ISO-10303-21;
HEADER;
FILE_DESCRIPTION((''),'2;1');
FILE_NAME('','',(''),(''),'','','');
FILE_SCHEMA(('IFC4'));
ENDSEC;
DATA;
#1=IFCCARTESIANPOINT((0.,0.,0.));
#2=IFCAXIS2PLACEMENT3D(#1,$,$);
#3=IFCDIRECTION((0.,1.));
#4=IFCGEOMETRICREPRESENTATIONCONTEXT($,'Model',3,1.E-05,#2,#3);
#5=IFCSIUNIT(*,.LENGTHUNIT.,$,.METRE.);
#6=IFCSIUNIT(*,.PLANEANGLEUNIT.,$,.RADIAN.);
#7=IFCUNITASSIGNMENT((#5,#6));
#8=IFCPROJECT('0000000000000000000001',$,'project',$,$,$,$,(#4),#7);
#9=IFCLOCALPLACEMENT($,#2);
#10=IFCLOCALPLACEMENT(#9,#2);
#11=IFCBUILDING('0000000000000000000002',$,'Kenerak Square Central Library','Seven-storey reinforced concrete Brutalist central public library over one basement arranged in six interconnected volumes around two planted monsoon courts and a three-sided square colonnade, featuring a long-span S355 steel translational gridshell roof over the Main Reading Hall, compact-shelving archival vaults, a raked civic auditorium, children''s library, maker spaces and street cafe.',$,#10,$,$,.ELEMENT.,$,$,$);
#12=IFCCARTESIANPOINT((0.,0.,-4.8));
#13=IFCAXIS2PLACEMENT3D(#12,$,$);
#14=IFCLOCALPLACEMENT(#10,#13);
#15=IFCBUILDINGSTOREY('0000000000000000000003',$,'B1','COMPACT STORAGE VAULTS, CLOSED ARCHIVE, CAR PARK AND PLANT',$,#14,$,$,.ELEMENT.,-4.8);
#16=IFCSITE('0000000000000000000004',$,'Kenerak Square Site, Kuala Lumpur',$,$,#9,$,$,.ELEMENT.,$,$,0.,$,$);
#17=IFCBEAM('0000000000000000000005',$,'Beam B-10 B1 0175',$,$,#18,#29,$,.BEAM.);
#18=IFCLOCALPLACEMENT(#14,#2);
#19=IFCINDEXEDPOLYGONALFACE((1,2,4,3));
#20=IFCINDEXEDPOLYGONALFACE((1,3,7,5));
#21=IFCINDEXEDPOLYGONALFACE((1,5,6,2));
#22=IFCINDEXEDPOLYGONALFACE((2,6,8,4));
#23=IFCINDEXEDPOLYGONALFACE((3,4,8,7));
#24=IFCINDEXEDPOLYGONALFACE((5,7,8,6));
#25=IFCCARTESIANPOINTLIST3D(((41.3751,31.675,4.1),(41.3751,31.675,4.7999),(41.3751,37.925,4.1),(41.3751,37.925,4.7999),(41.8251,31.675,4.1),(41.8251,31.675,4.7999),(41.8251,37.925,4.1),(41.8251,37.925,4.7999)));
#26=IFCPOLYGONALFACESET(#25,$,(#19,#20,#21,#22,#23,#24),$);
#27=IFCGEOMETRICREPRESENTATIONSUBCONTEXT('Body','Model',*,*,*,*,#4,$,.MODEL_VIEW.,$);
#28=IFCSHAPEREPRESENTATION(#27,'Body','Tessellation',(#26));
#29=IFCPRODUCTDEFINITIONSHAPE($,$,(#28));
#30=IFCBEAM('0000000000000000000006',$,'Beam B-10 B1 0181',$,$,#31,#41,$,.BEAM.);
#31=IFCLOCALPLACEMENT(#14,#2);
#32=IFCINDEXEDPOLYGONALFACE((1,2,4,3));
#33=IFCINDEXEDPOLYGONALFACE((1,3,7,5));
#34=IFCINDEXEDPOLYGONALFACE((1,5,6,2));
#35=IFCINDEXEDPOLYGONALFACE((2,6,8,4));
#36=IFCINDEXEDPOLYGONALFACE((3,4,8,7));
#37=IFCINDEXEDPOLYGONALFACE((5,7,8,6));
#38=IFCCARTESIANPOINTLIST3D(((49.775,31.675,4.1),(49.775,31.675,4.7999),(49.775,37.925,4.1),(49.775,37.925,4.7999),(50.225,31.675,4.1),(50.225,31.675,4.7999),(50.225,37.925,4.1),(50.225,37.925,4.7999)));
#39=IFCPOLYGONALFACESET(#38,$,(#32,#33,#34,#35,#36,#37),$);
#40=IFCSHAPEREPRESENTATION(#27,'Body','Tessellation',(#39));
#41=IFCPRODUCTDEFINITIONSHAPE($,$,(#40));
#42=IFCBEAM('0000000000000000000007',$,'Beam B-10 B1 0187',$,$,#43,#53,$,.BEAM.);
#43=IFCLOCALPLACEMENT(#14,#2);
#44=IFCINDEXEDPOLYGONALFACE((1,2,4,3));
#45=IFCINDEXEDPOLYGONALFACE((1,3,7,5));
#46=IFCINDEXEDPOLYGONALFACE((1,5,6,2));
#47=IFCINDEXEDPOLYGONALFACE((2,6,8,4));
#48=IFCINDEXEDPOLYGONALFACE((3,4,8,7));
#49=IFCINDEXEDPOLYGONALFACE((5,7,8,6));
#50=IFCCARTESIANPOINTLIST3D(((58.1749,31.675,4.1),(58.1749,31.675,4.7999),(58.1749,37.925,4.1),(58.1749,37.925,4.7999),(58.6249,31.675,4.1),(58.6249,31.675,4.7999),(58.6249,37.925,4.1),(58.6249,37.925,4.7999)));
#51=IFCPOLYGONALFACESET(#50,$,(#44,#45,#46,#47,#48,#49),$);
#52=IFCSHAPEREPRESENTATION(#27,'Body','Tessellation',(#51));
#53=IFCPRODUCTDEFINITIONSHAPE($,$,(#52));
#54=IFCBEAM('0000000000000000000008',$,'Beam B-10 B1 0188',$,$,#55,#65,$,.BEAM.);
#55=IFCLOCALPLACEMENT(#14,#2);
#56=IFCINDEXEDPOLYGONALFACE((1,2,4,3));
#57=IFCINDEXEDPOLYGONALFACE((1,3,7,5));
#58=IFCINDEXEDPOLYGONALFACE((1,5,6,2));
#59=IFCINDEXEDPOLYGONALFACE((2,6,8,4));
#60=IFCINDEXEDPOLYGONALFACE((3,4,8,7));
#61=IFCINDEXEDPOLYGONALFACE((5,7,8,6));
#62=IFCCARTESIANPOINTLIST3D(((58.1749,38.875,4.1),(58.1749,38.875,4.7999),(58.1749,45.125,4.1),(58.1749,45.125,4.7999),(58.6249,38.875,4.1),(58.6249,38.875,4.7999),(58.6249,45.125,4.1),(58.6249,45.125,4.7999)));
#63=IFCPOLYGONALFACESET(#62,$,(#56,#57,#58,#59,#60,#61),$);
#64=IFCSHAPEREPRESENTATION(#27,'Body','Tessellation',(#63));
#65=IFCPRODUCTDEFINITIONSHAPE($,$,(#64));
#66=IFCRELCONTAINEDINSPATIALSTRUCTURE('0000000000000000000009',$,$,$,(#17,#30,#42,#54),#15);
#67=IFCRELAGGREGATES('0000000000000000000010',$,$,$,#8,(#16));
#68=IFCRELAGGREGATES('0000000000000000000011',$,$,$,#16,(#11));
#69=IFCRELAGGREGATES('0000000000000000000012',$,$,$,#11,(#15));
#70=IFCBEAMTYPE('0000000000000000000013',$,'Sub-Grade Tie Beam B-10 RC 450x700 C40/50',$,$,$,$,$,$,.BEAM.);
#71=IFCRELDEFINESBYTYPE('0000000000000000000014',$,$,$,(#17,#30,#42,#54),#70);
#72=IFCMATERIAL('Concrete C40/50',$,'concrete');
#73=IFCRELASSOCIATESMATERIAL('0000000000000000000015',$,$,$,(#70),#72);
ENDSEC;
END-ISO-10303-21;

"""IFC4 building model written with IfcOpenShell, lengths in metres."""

from ifc_helpers import new_model, si_unit, direction, frame, origin, origin_2d, place, context, subcontext, project, spatial, rectangle, extrude, material, material_profile, profile_set, type_object, element, save


model = new_model("IFC4")

# Units and contexts
model_context = context("Model", 3, precision=1e-05, world=origin(), true_north=direction((0.0, 1.0)))
body_context = subcontext(model_context, "Body", "Model", "MODEL_VIEW")
ifc_project = project(units=[si_unit("LENGTHUNIT", "METRE"), si_unit("PLANEANGLEUNIT", "RADIAN")], contexts=[model_context])

# Site, building, storey
site_placement = place(None, origin())
site = spatial("IfcSite", under=ifc_project, at=site_placement, Name="Kenerak Square Site, Kuala Lumpur", CompositionType="ELEMENT", RefElevation=0.0)
building_placement = place(site_placement, origin())
building = spatial("IfcBuilding", under=site, at=building_placement, Name="Kenerak Square Central Library", Description="Seven-storey reinforced concrete Brutalist central public library over one basement arranged in six interconnected volumes around two planted monsoon courts and a three-sided square colonnade, featuring a long-span S355 steel translational gridshell roof over the Main Reading Hall, compact-shelving archival vaults, a raked civic auditorium, children's library, maker spaces and street cafe.", CompositionType="ELEMENT")
storey_placement = place(building_placement, frame((0.0, 0.0, -4.8)))
storey = spatial("IfcBuildingStorey", under=building, at=storey_placement, Name="B1", Description="COMPACT STORAGE VAULTS, CLOSED ARCHIVE, CAR PARK AND PLANT", CompositionType="ELEMENT", Elevation=-4.8)

# Shared definitions
ifc_material_1 = material(Name="Concrete C40/50", Category="concrete")

# Beams
ifc_material_profile_1 = material_profile(ifc_material_1, rectangle(XDim=0.45, YDim=0.7, at=origin_2d()), Name="RC 450x700")
ifc_profile_set_1 = profile_set([ifc_material_profile_1], Name="Concrete C40/50")
beam_type_1 = type_object("IfcBeamType", Name="Sub-Grade Tie Beam B-10 RC 450x700 C40/50", PredefinedType="BEAM", material=ifc_profile_set_1)
for number, where, z_axis, x_axis, name in (
    (1, (41.6001, 31.675, 4.45), (0.0, 1.0, 0.0), (-1.0, 0.0, 0.0), "Beam B-10 B1 0175"),
    (2, (50.0, 31.675, 4.45), (0.0, 1.0, 0.0), (-1.0, 0.0, 0.0), "Beam B-10 B1 0181"),
    (3, (58.3999, 31.675, 4.45), (0.0, 1.0, 0.0), (-1.0, 0.0, 0.0), "Beam B-10 B1 0187"),
    (4, (58.3999, 38.875, 4.45), (0.0, 1.0, 0.0), (-1.0, 0.0, 0.0), "Beam B-10 B1 0188"),
):
    element("IfcBeam", number, at=place(storey_placement, frame(where, z_axis=z_axis, x_axis=x_axis)), inside=storey, type_object=beam_type_1, Name=name, PredefinedType="BEAM", context=body_context, shape_type="SweptSolid", body=[
        extrude(rectangle(XDim=0.45, YDim=0.7, at=origin_2d()), origin(), (0.0, 0.0, 1.0), 6.25),
    ])

save(model, "model.ifc")
